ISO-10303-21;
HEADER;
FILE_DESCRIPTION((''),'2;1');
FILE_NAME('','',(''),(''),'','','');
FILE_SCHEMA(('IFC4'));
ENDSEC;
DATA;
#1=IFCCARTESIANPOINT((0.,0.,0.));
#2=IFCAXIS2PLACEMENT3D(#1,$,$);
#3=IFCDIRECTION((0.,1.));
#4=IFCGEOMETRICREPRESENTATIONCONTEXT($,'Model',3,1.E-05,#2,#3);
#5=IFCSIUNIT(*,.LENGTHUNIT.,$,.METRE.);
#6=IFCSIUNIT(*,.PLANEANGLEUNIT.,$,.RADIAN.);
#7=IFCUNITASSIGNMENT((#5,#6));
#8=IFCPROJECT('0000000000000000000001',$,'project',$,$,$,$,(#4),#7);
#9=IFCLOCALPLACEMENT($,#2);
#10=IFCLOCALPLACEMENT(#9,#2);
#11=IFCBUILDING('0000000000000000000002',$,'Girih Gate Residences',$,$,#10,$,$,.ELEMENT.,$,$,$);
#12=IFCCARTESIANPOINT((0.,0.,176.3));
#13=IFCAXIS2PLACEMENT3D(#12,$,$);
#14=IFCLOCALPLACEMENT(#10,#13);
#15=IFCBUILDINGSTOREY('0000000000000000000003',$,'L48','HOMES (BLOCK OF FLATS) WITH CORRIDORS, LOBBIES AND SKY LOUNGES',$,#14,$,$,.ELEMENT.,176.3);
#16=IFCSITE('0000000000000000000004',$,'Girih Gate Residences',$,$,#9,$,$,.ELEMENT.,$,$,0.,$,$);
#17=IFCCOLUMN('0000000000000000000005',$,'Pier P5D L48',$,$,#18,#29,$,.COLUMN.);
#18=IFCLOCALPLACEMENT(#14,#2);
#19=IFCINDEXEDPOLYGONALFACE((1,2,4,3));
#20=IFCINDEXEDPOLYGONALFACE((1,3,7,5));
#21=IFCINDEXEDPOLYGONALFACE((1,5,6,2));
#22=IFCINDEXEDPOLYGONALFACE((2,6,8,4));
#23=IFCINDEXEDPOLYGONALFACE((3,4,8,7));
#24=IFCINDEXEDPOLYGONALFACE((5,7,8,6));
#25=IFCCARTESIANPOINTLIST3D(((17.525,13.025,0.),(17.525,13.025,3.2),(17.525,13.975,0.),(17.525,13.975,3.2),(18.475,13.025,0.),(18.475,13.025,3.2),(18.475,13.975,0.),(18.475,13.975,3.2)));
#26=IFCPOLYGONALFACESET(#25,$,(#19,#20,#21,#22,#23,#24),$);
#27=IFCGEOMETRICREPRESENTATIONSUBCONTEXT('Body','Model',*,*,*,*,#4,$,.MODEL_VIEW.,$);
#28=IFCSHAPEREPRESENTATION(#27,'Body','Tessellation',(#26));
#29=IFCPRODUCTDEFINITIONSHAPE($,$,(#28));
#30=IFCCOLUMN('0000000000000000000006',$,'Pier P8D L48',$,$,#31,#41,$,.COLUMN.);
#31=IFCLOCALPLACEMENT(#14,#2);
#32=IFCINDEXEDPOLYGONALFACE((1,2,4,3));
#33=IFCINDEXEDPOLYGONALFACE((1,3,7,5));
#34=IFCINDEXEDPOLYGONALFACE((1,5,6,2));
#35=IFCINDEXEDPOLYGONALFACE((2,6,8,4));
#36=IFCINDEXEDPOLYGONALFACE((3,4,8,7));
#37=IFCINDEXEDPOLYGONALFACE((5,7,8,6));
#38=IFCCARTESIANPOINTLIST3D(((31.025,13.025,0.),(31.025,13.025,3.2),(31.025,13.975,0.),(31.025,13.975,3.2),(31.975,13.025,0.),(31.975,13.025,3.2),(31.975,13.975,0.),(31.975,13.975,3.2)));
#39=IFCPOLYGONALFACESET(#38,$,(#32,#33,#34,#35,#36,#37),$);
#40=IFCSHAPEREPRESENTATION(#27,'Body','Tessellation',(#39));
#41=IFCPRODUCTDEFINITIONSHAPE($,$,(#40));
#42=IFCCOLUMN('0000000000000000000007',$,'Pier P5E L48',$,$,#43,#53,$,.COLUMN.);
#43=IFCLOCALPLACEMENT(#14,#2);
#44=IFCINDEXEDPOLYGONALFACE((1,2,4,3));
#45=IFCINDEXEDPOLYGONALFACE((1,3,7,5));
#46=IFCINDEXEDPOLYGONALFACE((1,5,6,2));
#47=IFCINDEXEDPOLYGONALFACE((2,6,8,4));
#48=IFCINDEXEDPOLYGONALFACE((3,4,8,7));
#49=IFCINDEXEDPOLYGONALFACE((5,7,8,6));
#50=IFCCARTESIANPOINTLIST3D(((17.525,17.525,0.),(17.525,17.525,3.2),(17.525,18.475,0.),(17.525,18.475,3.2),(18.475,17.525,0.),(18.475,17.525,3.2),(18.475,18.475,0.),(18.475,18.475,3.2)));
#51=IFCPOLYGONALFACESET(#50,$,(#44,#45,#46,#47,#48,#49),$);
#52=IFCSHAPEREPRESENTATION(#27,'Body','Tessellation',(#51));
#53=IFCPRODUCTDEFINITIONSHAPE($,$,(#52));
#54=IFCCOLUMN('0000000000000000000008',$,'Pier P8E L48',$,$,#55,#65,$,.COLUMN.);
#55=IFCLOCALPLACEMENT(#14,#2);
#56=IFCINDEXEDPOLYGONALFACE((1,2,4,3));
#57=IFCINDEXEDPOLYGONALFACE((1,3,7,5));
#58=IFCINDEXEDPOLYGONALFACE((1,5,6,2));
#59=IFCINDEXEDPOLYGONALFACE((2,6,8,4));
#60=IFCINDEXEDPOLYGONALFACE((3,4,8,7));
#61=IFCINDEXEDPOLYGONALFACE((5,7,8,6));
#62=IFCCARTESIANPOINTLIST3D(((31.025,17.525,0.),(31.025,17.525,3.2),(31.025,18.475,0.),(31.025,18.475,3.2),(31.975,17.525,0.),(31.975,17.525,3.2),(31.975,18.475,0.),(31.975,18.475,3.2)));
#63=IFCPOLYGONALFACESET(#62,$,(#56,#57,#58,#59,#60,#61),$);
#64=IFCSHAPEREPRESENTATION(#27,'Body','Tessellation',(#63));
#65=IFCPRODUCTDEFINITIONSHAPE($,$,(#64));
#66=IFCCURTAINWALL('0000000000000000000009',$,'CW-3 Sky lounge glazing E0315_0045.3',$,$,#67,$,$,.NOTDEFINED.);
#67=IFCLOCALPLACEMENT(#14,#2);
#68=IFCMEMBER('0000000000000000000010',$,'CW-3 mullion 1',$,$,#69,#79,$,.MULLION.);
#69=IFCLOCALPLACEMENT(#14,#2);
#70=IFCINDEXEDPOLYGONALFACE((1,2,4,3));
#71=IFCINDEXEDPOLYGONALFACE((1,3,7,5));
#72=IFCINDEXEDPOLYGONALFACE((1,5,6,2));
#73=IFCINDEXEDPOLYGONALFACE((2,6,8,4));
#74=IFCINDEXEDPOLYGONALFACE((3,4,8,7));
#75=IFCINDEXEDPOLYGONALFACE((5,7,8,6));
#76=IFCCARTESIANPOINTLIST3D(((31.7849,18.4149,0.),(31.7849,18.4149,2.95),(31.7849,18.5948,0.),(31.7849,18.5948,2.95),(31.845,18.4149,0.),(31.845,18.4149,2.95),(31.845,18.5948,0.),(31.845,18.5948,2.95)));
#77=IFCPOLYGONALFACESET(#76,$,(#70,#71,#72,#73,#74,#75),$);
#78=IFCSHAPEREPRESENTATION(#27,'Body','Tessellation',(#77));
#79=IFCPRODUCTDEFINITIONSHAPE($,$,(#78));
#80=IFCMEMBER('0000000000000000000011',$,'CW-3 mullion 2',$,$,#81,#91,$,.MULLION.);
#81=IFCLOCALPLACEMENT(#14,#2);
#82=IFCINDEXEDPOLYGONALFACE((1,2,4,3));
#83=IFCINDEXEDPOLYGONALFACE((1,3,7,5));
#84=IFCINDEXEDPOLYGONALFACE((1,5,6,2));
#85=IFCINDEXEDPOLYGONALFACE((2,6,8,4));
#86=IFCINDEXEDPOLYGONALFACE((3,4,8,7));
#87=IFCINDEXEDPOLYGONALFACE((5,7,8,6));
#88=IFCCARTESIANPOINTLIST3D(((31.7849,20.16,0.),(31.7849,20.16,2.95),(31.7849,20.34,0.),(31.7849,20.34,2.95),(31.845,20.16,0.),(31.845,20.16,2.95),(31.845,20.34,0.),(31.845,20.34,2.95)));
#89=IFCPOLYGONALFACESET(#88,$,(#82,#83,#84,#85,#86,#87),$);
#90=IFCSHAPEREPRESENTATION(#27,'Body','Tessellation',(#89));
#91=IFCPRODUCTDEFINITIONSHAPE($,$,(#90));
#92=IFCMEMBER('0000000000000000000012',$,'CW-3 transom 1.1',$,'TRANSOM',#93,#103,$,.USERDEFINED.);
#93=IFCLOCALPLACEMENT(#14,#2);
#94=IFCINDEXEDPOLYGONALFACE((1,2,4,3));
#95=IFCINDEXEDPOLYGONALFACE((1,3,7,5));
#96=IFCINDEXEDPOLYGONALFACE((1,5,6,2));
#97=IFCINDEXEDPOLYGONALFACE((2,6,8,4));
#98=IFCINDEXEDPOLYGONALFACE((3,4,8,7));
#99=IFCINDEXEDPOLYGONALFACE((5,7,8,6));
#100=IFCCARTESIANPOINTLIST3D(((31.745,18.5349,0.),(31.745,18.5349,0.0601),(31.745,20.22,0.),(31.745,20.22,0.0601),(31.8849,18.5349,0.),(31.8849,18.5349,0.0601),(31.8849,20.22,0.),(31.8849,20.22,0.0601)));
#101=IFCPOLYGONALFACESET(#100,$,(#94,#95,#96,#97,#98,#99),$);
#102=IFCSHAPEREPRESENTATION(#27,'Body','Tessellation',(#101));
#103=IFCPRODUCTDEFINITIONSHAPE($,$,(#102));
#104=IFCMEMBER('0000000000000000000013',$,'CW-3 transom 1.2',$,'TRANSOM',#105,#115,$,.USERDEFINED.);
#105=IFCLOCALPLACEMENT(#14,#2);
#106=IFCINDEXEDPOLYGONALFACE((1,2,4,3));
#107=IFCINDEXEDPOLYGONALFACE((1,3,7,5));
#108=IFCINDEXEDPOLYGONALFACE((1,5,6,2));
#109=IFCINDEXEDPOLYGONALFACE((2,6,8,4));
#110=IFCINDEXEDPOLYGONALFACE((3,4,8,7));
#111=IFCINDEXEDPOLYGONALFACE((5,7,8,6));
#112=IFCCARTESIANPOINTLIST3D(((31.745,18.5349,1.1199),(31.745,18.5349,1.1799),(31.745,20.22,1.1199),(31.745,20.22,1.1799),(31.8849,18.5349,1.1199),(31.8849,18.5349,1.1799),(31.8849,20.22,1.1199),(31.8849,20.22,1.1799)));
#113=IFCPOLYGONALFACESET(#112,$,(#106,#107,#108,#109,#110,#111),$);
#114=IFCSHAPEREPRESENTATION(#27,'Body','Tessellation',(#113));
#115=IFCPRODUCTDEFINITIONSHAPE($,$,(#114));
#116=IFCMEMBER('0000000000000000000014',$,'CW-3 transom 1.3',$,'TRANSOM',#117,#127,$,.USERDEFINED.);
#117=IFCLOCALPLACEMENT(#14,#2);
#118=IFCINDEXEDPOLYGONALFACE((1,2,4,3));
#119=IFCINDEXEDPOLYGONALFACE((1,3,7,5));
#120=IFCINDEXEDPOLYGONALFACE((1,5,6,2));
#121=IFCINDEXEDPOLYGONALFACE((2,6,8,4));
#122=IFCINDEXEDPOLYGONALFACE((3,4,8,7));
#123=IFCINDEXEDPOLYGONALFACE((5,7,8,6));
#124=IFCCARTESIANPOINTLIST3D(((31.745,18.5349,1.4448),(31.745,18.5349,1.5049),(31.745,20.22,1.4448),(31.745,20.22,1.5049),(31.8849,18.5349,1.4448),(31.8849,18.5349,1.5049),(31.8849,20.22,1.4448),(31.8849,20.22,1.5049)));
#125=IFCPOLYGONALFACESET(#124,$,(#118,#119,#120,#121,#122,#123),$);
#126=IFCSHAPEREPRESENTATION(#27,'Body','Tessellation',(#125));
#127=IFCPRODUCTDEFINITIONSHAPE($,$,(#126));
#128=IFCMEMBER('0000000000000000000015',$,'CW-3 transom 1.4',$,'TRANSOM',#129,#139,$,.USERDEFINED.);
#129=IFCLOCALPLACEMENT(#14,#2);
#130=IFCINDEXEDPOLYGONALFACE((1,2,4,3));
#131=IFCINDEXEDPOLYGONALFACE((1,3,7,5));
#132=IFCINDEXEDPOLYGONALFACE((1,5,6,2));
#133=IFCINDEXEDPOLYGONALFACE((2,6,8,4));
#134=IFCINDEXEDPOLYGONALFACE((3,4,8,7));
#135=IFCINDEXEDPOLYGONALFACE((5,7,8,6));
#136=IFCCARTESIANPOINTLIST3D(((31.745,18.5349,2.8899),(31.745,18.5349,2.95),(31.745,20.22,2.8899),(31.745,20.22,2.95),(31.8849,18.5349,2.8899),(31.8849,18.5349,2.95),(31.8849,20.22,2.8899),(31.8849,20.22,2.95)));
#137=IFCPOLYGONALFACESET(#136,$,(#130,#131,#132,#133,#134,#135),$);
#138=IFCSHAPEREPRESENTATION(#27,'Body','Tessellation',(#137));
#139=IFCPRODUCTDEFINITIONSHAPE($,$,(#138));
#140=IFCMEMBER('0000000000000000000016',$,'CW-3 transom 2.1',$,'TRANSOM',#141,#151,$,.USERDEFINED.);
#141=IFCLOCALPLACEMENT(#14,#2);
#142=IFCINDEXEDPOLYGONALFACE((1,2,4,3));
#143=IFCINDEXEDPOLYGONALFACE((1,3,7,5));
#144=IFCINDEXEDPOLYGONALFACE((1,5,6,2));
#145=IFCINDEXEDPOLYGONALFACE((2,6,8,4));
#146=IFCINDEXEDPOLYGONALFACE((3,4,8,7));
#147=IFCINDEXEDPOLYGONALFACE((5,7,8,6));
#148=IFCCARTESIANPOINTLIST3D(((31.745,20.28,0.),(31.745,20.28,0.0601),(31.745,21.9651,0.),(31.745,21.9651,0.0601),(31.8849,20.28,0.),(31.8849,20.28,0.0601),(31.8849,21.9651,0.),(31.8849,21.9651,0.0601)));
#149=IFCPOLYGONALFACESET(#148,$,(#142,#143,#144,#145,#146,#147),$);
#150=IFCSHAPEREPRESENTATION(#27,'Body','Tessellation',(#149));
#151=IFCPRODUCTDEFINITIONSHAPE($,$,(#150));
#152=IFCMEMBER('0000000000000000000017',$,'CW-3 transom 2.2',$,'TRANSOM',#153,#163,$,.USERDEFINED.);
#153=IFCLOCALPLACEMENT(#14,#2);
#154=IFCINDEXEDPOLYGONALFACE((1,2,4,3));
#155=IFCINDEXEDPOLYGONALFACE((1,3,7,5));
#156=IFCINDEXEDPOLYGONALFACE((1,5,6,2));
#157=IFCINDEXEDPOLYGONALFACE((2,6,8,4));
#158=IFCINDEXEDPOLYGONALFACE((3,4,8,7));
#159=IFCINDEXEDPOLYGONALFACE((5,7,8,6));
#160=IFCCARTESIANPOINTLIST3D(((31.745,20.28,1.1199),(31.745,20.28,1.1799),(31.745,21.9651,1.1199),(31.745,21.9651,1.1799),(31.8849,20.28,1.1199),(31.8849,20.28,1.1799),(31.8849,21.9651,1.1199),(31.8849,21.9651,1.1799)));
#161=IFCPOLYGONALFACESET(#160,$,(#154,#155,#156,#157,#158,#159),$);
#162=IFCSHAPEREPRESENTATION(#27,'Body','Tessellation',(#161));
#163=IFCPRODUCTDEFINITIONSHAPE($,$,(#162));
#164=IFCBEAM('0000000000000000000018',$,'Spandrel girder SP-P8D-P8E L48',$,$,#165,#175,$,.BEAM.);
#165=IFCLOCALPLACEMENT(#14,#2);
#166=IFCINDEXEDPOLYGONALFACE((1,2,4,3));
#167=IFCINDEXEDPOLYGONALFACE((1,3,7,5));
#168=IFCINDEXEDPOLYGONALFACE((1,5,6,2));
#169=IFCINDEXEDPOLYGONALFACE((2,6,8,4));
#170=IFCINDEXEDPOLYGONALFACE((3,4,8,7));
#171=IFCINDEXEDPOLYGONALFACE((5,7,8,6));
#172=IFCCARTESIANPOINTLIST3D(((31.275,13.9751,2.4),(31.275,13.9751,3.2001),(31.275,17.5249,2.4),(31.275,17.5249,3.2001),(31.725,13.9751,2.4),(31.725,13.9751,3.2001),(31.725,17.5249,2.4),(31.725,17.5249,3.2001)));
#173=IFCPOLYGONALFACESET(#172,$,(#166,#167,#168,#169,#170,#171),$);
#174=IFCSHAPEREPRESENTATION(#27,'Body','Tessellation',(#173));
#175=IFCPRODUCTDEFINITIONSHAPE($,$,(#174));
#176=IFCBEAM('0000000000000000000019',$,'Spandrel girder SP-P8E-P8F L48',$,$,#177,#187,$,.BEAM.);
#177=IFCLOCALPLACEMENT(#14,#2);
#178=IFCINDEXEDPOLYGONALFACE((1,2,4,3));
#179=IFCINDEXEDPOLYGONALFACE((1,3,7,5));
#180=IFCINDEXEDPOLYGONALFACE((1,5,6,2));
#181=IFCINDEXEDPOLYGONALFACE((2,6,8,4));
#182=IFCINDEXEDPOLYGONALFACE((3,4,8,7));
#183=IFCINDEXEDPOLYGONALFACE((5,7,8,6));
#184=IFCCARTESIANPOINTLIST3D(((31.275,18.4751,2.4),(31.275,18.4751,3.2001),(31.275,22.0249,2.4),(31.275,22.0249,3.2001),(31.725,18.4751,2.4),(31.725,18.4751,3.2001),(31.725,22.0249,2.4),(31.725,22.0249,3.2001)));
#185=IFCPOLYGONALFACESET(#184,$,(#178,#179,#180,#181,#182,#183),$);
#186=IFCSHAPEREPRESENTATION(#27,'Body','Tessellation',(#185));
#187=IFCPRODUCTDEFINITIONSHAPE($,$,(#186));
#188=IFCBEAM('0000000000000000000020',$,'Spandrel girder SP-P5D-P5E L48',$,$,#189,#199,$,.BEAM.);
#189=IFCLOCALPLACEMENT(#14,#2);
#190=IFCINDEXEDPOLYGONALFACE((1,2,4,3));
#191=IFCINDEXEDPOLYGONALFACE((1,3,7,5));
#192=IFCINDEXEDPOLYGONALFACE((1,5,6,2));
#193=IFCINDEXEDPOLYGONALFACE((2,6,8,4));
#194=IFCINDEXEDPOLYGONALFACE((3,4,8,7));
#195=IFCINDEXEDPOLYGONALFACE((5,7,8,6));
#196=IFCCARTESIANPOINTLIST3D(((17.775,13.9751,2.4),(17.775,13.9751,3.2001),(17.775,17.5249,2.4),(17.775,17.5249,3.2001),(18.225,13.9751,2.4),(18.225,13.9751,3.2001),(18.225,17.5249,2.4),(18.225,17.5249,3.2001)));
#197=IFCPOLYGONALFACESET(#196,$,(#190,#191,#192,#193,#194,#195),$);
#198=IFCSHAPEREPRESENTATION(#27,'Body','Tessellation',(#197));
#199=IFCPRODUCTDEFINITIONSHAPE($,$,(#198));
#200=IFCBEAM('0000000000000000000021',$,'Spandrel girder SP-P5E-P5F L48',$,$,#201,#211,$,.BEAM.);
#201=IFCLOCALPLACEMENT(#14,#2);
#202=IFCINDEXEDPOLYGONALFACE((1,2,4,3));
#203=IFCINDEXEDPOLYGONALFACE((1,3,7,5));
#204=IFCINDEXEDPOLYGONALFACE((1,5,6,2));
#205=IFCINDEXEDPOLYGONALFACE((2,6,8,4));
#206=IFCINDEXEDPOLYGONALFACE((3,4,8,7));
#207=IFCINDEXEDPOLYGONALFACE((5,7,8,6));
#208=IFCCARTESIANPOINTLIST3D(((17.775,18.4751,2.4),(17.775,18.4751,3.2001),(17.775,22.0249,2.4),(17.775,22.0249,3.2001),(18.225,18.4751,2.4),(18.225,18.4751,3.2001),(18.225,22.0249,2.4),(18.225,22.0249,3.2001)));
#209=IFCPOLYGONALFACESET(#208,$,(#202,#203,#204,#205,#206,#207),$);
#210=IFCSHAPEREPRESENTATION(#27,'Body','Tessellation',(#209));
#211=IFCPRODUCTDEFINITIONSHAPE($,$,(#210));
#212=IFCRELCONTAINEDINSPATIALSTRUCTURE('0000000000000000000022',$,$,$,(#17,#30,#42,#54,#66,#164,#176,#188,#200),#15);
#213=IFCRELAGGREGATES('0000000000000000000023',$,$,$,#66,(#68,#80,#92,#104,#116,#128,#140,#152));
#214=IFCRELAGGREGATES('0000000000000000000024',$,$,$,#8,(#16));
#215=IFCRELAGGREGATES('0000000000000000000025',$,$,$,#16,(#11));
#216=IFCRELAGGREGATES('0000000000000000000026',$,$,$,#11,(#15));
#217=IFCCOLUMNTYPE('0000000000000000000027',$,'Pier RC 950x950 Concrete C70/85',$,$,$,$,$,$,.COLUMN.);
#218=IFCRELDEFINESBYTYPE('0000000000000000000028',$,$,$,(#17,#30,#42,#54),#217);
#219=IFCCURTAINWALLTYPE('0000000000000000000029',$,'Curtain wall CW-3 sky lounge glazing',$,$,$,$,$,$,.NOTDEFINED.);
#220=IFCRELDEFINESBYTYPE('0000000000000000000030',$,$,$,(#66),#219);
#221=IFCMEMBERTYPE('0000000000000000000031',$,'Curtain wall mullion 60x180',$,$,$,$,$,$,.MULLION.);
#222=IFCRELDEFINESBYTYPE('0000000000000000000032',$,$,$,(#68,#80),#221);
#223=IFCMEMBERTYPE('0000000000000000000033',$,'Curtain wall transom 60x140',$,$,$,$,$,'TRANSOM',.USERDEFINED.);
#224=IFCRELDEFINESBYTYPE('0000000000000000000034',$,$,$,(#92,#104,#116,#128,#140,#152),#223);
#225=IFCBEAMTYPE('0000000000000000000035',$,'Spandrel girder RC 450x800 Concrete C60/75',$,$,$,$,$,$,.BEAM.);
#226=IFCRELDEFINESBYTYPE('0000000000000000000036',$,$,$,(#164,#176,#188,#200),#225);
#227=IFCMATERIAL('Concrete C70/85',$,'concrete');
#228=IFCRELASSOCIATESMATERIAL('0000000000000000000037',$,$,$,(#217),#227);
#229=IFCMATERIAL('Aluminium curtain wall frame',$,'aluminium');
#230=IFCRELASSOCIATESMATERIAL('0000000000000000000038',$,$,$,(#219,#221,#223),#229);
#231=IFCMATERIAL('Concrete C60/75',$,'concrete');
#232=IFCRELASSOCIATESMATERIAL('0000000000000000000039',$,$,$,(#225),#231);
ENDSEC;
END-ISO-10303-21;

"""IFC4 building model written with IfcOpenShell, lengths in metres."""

from ifc_helpers import new_model, si_unit, direction, frame, origin, origin_2d, place, context, subcontext, project, spatial, rectangle, extrude, material, material_profile, profile_set, type_object, element, aggregate, save


model = new_model("IFC4")

# Units and contexts
model_context = context("Model", 3, precision=1e-05, world=origin(), true_north=direction((0.0, 1.0)))
body_context = subcontext(model_context, "Body", "Model", "MODEL_VIEW")
ifc_project = project(units=[si_unit("LENGTHUNIT", "METRE"), si_unit("PLANEANGLEUNIT", "RADIAN")], contexts=[model_context])

# Site, building, storey
site_placement = place(None, origin())
site = spatial("IfcSite", under=ifc_project, at=site_placement, Name="Girih Gate Residences", CompositionType="ELEMENT", RefElevation=0.0)
building_placement = place(site_placement, origin())
building = spatial("IfcBuilding", under=site, at=building_placement, Name="Girih Gate Residences", CompositionType="ELEMENT")
storey_placement = place(building_placement, frame((0.0, 0.0, 176.3)))
storey = spatial("IfcBuildingStorey", under=building, at=storey_placement, Name="L48", Description="HOMES (BLOCK OF FLATS) WITH CORRIDORS, LOBBIES AND SKY LOUNGES", CompositionType="ELEMENT", Elevation=176.3)

# Columns
ifc_material_1 = material(Name="Concrete C70/85", Category="concrete")
ifc_material_profile_1 = material_profile(ifc_material_1, rectangle(XDim=0.95, YDim=0.95, at=origin_2d()))
ifc_profile_set_1 = profile_set([ifc_material_profile_1], Name="Concrete C70/85")
column_type = type_object("IfcColumnType", Name="Pier RC 950x950 Concrete C70/85", PredefinedType="COLUMN", material=ifc_profile_set_1)
for number, where, z_axis, x_axis, name in (
    (1, (18.0, 13.5, 0.0), (0.0, 0.0, 1.0), (1.0, 0.0, 0.0), "Pier P5D L48"),
    (2, (31.5, 13.5, 0.0), (0.0, 0.0, 1.0), (1.0, 0.0, 0.0), "Pier P8D L48"),
    (3, (18.0, 18.0, 0.0), (0.0, 0.0, 1.0), (1.0, 0.0, 0.0), "Pier P5E L48"),
    (4, (31.5, 18.0, 0.0), (0.0, 0.0, 1.0), (1.0, 0.0, 0.0), "Pier P8E L48"),
):
    element("IfcColumn", number, at=place(storey_placement, frame(where, z_axis=z_axis, x_axis=x_axis)), inside=storey, type_object=column_type, Name=name, PredefinedType="COLUMN", context=body_context, shape_type="SweptSolid", body=[
        extrude(rectangle(XDim=0.95, YDim=0.95, at=origin_2d()), origin(), (0.0, 0.0, 1.0), 3.2),
    ])

# Curtain wall, members
ifc_material_2 = material(Name="Aluminium curtain wall frame", Category="aluminium")
curtain_wall_type = type_object("IfcCurtainWallType", Name="Curtain wall CW-3 sky lounge glazing", PredefinedType="NOTDEFINED", material=ifc_material_2)
curtain_wall_placement = place(storey_placement, origin())
curtain_wall = element("IfcCurtainWall", 5, at=curtain_wall_placement, inside=storey, type_object=curtain_wall_type, Name="CW-3 Sky lounge glazing E0315_0045.3", PredefinedType="NOTDEFINED")
ifc_material_profile_2 = material_profile(ifc_material_2, rectangle(XDim=0.0601, YDim=0.1799, at=origin_2d()))
ifc_profile_set_2 = profile_set([ifc_material_profile_2], Name="Aluminium curtain wall frame")
member_type_1 = type_object("IfcMemberType", Name="Curtain wall mullion 60x180", PredefinedType="MULLION", material=ifc_profile_set_2)
member_1_placement = place(storey_placement, frame((31.8149, 18.5049, 0.0), z_axis=(0.0, 0.0, 1.0), x_axis=(-1.0, 0.0, 0.0)))
member_1 = element("IfcMember", 6, at=member_1_placement, type_object=member_type_1, Name="CW-3 mullion 1", PredefinedType="MULLION", context=body_context, shape_type="SweptSolid", body=[
    extrude(rectangle(XDim=0.0601, YDim=0.1799, at=origin_2d()), origin(), (0.0, 0.0, 1.0), 2.95),
])
member_2_placement = place(storey_placement, frame((31.8149, 20.25, 0.0), z_axis=(0.0, 0.0, 1.0), x_axis=(-1.0, 0.0, 0.0)))
member_2 = element("IfcMember", 7, at=member_2_placement, type_object=member_type_1, Name="CW-3 mullion 2", PredefinedType="MULLION", context=body_context, shape_type="SweptSolid", body=[
    extrude(rectangle(XDim=0.0601, YDim=0.1799, at=origin_2d()), origin(), (0.0, 0.0, 1.0), 2.95),
])
ifc_material_profile_3 = material_profile(ifc_material_2, rectangle(XDim=0.1399, YDim=0.0601, at=origin_2d()))
ifc_profile_set_3 = profile_set([ifc_material_profile_3], Name="Aluminium curtain wall frame")
member_type_2 = type_object("IfcMemberType", Name="Curtain wall transom 60x140", ElementType="TRANSOM", PredefinedType="USERDEFINED", material=ifc_profile_set_3)
member_3_placement = place(storey_placement, frame((31.8149, 18.5349, 0.03), z_axis=(0.0, 1.0, 0.0), x_axis=(-1.0, 0.0, 0.0)))
member_3 = element("IfcMember", 8, at=member_3_placement, type_object=member_type_2, Name="CW-3 transom 1.1", ObjectType="TRANSOM", PredefinedType="USERDEFINED", context=body_context, shape_type="SweptSolid", body=[
    extrude(rectangle(XDim=0.1399, YDim=0.0601, at=origin_2d()), origin(), (0.0, 0.0, 1.0), 1.6851),
])
member_4_placement = place(storey_placement, frame((31.8149, 18.5349, 1.1499), z_axis=(0.0, 1.0, 0.0), x_axis=(-1.0, 0.0, 0.0)))
member_4 = element("IfcMember", 9, at=member_4_placement, type_object=member_type_2, Name="CW-3 transom 1.2", ObjectType="TRANSOM", PredefinedType="USERDEFINED", context=body_context, shape_type="SweptSolid", body=[
    extrude(rectangle(XDim=0.1399, YDim=0.0601, at=origin_2d()), origin(), (0.0, 0.0, 1.0), 1.6851),
])
member_5_placement = place(storey_placement, frame((31.8149, 18.5349, 1.4749), z_axis=(0.0, 1.0, 0.0), x_axis=(-1.0, 0.0, 0.0)))
member_5 = element("IfcMember", 10, at=member_5_placement, type_object=member_type_2, Name="CW-3 transom 1.3", ObjectType="TRANSOM", PredefinedType="USERDEFINED", context=body_context, shape_type="SweptSolid", body=[
    extrude(rectangle(XDim=0.1399, YDim=0.0601, at=origin_2d()), origin(), (0.0, 0.0, 1.0), 1.6851),
])
member_6_placement = place(storey_placement, frame((31.8149, 18.5349, 2.9199), z_axis=(0.0, 1.0, 0.0), x_axis=(-1.0, 0.0, 0.0)))
member_6 = element("IfcMember", 11, at=member_6_placement, type_object=member_type_2, Name="CW-3 transom 1.4", ObjectType="TRANSOM", PredefinedType="USERDEFINED", context=body_context, shape_type="SweptSolid", body=[
    extrude(rectangle(XDim=0.1399, YDim=0.0601, at=origin_2d()), origin(), (0.0, 0.0, 1.0), 1.6851),
])
member_7_placement = place(storey_placement, frame((31.8149, 20.28, 0.03), z_axis=(0.0, 1.0, 0.0), x_axis=(-1.0, 0.0, 0.0)))
member_7 = element("IfcMember", 12, at=member_7_placement, type_object=member_type_2, Name="CW-3 transom 2.1", ObjectType="TRANSOM", PredefinedType="USERDEFINED", context=body_context, shape_type="SweptSolid", body=[
    extrude(rectangle(XDim=0.1399, YDim=0.0601, at=origin_2d()), origin(), (0.0, 0.0, 1.0), 1.6851),
])
member_8_placement = place(storey_placement, frame((31.8149, 20.28, 1.1499), z_axis=(0.0, 1.0, 0.0), x_axis=(-1.0, 0.0, 0.0)))
member_8 = element("IfcMember", 13, at=member_8_placement, type_object=member_type_2, Name="CW-3 transom 2.2", ObjectType="TRANSOM", PredefinedType="USERDEFINED", context=body_context, shape_type="SweptSolid", body=[
    extrude(rectangle(XDim=0.1399, YDim=0.0601, at=origin_2d()), origin(), (0.0, 0.0, 1.0), 1.6851),
])

# Beams
ifc_material_3 = material(Name="Concrete C60/75", Category="concrete")
ifc_material_profile_4 = material_profile(ifc_material_3, rectangle(XDim=0.45, YDim=0.8, at=origin_2d()))
ifc_profile_set_4 = profile_set([ifc_material_profile_4], Name="Concrete C60/75")
beam_type = type_object("IfcBeamType", Name="Spandrel girder RC 450x800 Concrete C60/75", PredefinedType="BEAM", material=ifc_profile_set_4)
for number, where, z_axis, x_axis, name in (
    (14, (31.5, 13.9751, 2.8), (0.0, 1.0, 0.0), (-1.0, 0.0, 0.0), "Spandrel girder SP-P8D-P8E L48"),
    (15, (31.5, 18.4751, 2.8), (0.0, 1.0, 0.0), (-1.0, 0.0, 0.0), "Spandrel girder SP-P8E-P8F L48"),
    (16, (18.0, 13.9751, 2.8), (0.0, 1.0, 0.0), (-1.0, 0.0, 0.0), "Spandrel girder SP-P5D-P5E L48"),
    (17, (18.0, 18.4751, 2.8), (0.0, 1.0, 0.0), (-1.0, 0.0, 0.0), "Spandrel girder SP-P5E-P5F L48"),
):
    element("IfcBeam", number, at=place(storey_placement, frame(where, z_axis=z_axis, x_axis=x_axis)), inside=storey, type_object=beam_type, Name=name, PredefinedType="BEAM", context=body_context, shape_type="SweptSolid", body=[
        extrude(rectangle(XDim=0.45, YDim=0.8, at=origin_2d()), origin(), (0.0, 0.0, 1.0), 3.5498),
    ])

aggregate(curtain_wall, [member_1, member_2, member_3, member_4, member_5, member_6, member_7, member_8])

save(model, "model.ifc")
